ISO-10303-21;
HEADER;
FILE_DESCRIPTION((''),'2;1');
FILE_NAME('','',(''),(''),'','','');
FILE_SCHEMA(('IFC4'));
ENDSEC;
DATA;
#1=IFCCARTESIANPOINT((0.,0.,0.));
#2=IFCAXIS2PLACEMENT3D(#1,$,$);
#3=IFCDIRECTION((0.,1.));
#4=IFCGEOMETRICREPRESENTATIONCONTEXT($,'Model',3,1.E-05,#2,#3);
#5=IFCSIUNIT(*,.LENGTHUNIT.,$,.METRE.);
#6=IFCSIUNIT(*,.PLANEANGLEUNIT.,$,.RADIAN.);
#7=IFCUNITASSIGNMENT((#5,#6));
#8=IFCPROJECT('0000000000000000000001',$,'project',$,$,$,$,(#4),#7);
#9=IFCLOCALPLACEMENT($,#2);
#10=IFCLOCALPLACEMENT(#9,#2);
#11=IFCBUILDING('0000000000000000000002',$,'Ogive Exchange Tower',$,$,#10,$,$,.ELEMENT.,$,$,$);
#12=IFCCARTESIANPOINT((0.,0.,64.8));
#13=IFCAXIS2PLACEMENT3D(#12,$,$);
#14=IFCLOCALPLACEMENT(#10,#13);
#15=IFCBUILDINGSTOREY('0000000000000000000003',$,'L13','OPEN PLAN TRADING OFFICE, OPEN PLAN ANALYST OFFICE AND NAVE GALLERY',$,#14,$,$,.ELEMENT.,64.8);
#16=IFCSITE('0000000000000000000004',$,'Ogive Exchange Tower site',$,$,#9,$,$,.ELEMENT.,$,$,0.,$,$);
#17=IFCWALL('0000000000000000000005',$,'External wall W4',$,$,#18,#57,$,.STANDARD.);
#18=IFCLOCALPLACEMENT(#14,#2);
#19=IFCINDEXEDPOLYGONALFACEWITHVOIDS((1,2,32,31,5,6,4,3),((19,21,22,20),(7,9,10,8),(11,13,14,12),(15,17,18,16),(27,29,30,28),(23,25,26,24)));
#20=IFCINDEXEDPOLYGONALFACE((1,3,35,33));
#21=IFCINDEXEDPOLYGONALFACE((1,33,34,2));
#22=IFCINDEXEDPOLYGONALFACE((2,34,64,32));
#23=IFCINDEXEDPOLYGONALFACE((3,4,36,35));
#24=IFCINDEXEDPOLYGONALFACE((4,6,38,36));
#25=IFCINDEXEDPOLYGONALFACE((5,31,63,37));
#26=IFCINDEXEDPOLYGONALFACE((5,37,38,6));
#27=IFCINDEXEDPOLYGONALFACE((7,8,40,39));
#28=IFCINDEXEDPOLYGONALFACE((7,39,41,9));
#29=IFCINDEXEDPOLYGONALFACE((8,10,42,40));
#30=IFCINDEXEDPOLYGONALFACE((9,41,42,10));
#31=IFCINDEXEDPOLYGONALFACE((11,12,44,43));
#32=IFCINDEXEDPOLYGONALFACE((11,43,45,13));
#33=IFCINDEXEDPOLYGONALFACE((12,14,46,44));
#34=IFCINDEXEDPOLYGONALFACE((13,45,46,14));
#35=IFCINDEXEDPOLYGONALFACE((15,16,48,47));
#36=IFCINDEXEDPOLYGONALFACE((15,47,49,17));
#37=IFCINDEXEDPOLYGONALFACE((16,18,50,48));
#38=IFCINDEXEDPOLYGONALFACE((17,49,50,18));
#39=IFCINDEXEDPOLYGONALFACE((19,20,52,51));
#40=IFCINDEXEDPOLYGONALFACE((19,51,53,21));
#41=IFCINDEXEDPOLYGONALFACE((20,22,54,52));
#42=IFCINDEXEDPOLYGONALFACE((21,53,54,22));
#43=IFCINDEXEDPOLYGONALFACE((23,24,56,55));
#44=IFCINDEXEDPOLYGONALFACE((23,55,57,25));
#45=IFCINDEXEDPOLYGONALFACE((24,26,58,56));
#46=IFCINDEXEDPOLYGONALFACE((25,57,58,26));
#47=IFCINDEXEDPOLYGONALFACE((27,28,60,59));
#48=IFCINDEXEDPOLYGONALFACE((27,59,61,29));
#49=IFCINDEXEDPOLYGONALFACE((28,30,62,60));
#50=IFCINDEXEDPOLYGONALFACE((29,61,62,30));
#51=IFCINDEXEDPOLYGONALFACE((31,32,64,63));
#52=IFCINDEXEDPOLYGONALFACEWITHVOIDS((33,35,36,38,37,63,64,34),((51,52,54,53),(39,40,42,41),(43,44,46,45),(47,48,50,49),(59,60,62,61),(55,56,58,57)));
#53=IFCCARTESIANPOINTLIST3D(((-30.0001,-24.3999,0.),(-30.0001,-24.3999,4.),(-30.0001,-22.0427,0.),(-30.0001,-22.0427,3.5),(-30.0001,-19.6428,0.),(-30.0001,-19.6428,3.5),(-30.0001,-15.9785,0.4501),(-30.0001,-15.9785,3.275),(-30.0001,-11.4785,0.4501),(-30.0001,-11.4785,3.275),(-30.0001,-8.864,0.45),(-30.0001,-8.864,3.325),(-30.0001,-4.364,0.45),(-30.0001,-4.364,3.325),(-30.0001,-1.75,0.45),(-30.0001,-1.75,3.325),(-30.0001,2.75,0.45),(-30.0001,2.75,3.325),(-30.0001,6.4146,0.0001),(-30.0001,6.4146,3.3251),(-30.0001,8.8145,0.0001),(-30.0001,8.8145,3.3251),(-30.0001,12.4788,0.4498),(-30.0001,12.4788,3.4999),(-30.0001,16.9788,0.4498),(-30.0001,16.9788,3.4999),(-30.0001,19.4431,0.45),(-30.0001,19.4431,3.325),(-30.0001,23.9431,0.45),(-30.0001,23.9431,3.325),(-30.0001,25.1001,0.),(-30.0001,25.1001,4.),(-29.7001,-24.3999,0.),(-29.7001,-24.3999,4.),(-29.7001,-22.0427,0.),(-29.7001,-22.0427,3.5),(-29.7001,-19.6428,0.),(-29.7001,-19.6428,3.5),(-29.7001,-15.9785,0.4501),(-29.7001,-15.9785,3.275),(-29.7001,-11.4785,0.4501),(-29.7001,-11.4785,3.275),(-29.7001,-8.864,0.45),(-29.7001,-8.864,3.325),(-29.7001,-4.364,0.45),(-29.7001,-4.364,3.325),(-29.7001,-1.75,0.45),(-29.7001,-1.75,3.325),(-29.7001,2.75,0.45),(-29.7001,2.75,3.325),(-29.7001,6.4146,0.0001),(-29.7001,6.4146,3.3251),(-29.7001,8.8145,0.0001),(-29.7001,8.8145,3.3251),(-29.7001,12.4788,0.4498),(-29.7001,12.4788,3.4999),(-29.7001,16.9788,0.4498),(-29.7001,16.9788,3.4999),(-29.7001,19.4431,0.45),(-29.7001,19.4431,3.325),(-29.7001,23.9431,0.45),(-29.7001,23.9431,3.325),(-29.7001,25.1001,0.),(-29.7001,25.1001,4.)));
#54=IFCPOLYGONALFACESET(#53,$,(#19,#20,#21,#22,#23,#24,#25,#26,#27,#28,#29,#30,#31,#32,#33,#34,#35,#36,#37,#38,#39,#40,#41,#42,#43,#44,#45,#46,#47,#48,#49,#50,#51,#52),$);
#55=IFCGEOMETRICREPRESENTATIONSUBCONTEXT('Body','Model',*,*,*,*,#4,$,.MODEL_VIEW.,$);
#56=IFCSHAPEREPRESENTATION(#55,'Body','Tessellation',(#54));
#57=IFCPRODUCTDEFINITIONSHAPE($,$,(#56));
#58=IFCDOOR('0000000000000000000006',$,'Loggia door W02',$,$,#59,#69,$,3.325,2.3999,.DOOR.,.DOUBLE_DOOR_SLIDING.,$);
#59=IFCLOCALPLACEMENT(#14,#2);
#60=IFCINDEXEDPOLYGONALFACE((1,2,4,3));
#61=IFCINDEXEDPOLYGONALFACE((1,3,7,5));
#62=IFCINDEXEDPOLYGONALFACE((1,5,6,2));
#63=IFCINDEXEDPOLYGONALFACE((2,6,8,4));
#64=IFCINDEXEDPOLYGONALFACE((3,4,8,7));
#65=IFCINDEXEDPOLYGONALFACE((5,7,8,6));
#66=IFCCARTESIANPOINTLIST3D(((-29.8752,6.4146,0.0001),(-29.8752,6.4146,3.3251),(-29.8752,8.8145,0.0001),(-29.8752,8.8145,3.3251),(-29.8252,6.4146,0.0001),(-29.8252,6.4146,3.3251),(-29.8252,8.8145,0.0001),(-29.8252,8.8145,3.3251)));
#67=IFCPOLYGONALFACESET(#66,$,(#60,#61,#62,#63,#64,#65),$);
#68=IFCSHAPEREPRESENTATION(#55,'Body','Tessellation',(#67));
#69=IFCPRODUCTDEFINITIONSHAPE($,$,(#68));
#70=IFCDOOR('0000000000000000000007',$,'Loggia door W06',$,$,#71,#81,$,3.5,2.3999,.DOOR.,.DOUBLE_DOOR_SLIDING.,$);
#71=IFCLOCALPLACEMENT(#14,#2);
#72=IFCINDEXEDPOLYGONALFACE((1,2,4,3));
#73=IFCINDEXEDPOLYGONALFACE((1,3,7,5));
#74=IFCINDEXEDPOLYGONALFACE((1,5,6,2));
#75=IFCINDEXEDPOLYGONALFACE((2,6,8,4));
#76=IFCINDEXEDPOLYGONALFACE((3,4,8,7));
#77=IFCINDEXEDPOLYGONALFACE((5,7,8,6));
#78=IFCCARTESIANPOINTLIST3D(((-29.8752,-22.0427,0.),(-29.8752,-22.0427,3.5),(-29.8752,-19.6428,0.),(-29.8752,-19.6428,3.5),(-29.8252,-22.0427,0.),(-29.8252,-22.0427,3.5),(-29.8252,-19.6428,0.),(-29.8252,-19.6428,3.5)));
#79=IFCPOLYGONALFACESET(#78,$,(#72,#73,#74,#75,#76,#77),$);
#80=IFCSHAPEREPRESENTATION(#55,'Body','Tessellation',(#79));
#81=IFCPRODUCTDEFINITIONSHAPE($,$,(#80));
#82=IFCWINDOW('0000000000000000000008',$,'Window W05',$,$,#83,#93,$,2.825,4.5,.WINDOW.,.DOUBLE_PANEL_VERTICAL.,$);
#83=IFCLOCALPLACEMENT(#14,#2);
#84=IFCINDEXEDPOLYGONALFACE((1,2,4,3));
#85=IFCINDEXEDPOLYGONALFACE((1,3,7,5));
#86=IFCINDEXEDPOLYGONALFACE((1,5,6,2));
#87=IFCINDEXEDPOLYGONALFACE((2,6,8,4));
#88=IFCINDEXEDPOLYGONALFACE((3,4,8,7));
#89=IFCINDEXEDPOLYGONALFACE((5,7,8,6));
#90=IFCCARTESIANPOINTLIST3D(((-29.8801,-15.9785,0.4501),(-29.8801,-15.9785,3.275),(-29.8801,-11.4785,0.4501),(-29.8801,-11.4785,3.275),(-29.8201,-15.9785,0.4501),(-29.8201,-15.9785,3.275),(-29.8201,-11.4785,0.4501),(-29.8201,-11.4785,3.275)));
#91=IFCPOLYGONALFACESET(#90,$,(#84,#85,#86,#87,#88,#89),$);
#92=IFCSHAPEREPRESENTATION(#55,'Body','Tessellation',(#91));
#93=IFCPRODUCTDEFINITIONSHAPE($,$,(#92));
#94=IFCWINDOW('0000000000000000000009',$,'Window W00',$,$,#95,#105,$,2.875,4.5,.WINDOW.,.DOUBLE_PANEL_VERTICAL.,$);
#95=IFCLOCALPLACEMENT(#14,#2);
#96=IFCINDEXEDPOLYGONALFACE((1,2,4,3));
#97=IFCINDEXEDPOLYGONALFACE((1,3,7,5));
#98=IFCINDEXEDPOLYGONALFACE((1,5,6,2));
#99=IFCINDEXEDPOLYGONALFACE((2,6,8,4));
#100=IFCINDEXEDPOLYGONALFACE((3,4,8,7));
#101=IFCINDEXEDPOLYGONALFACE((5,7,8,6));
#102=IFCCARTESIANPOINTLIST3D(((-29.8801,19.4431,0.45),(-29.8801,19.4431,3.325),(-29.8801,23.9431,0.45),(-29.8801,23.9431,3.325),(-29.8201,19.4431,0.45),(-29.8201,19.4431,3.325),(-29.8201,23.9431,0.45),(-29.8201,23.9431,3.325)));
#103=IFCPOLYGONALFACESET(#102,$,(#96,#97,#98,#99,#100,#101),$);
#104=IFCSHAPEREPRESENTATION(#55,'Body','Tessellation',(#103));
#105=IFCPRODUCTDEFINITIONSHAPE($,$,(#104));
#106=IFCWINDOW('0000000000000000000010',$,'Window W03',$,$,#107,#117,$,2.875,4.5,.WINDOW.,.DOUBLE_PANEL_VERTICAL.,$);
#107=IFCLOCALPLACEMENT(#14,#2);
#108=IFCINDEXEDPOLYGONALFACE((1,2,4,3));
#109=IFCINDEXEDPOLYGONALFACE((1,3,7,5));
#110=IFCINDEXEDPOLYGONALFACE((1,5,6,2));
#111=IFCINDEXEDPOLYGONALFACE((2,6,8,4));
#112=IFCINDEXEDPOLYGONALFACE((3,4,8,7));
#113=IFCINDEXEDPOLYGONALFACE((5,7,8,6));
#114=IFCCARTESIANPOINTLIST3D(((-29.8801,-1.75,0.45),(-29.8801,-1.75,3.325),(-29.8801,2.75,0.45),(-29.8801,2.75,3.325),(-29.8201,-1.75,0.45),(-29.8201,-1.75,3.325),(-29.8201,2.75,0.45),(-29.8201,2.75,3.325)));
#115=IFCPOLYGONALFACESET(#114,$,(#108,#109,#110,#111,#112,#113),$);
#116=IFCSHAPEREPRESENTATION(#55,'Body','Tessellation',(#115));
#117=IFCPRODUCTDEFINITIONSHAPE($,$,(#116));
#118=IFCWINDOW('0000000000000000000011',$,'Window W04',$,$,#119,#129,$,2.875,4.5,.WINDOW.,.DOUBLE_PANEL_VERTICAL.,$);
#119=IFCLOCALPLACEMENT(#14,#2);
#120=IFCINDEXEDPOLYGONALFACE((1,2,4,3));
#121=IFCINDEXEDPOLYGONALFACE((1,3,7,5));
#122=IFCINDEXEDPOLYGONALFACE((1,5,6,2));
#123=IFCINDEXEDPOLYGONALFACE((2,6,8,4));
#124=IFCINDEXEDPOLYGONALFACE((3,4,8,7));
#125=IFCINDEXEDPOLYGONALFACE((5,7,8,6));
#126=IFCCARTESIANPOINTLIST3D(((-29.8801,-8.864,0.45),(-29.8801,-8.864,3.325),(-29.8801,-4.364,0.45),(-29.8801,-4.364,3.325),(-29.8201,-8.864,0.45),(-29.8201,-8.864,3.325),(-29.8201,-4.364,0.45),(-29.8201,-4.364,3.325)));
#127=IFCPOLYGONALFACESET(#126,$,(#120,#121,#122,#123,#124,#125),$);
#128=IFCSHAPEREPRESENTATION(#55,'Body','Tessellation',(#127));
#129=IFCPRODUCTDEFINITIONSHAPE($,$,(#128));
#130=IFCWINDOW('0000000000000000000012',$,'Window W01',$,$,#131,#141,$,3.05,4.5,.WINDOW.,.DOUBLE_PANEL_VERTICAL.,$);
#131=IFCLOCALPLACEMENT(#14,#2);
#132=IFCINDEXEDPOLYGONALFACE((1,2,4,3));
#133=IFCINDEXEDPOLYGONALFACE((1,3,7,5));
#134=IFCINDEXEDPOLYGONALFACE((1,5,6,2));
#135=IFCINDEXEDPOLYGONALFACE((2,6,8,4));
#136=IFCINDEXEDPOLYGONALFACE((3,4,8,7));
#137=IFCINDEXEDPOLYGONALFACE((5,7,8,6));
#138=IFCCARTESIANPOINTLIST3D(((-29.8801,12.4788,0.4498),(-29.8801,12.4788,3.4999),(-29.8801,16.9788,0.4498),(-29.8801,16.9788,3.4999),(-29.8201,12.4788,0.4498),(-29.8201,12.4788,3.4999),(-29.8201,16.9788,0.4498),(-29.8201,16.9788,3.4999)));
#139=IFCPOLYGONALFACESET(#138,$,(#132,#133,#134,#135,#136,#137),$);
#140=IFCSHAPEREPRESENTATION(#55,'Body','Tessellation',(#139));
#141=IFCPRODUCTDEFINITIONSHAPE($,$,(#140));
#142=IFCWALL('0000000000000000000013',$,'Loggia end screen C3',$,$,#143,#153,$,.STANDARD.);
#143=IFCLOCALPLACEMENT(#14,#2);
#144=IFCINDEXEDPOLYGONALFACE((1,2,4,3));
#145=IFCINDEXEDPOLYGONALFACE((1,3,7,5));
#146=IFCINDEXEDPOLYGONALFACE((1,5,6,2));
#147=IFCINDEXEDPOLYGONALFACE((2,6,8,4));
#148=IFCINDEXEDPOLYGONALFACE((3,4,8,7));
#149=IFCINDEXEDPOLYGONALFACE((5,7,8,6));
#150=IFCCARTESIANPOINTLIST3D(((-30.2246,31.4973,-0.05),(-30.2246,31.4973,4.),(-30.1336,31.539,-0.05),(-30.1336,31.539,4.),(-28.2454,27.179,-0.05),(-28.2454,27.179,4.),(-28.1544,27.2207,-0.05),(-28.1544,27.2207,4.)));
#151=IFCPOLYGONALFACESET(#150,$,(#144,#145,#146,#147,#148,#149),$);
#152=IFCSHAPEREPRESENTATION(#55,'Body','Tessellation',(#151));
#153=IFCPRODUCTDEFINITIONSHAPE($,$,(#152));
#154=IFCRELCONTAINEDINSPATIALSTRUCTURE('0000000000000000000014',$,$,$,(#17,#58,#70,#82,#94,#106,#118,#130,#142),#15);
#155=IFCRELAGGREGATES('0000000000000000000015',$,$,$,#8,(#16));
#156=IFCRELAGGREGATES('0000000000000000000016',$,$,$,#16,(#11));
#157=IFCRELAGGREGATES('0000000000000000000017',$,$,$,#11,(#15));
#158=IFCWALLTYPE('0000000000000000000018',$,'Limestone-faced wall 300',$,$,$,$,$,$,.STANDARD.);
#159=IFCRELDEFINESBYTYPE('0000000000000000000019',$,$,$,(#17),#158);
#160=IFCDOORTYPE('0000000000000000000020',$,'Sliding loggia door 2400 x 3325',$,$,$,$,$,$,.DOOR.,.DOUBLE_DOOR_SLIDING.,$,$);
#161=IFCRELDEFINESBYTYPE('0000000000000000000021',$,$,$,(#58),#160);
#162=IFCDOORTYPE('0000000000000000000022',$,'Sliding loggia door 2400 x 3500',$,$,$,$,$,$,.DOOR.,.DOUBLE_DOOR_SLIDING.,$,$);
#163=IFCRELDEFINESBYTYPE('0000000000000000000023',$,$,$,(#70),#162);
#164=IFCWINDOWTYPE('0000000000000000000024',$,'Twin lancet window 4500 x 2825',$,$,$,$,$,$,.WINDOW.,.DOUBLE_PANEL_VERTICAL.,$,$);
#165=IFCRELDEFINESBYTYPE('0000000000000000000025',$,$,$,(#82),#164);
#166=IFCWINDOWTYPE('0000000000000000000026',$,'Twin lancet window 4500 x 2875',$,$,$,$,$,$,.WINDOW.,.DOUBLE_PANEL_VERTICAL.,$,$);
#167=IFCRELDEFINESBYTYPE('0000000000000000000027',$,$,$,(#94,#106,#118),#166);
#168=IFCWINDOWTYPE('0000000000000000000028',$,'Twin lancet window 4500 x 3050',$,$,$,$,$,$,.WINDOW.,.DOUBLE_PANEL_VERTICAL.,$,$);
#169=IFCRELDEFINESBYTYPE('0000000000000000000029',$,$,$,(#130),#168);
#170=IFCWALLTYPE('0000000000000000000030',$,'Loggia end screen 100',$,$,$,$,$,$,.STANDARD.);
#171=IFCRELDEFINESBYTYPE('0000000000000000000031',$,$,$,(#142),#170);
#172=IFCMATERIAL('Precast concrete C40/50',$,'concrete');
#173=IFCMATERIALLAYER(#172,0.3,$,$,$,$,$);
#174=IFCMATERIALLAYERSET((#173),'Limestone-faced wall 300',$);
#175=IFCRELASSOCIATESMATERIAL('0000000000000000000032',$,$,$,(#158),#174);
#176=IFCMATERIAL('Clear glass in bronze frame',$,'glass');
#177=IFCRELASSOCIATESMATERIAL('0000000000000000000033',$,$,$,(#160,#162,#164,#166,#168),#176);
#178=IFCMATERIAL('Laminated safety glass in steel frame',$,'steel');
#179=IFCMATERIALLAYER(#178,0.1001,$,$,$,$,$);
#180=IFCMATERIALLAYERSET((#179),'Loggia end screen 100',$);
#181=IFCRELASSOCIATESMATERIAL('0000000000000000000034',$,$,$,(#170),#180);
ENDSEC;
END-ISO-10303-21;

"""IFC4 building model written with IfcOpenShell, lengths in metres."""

from ifc_helpers import new_model, si_unit, direction, frame, frame_2d, origin, place, context, subcontext, project, spatial, rectangle, extrude, material, layer, layer_set, type_object, element, fill, save


model = new_model("IFC4")

# Units and contexts
model_context = context("Model", 3, precision=1e-05, world=origin(), true_north=direction((0.0, 1.0)))
body_context = subcontext(model_context, "Body", "Model", "MODEL_VIEW")
ifc_project = project(units=[si_unit("LENGTHUNIT", "METRE"), si_unit("PLANEANGLEUNIT", "RADIAN")], contexts=[model_context])

# Site, building, storey
site_placement = place(None, origin())
site = spatial("IfcSite", under=ifc_project, at=site_placement, Name="Ogive Exchange Tower site", CompositionType="ELEMENT", RefElevation=0.0)
building_placement = place(site_placement, origin())
building = spatial("IfcBuilding", under=site, at=building_placement, Name="Ogive Exchange Tower", CompositionType="ELEMENT")
storey_placement = place(building_placement, frame((0.0, 0.0, 64.8)))
storey = spatial("IfcBuildingStorey", under=building, at=storey_placement, Name="L13", Description="OPEN PLAN TRADING OFFICE, OPEN PLAN ANALYST OFFICE AND NAVE GALLERY", CompositionType="ELEMENT", Elevation=64.8)

# Wall, openings, doors, windows
ifc_material_1 = material(Name="Precast concrete C40/50", Category="concrete")
ifc_layer_1 = layer(ifc_material_1, 0.3)
ifc_layer_set_1 = layer_set([ifc_layer_1], Name="Limestone-faced wall 300")
wall_type_1 = type_object("IfcWallType", Name="Limestone-faced wall 300", PredefinedType="STANDARD", material=ifc_layer_set_1)
wall_1_placement = place(storey_placement, frame((-29.8501, 25.1001, 0.0), z_axis=(0.0, 0.0, 1.0), x_axis=(0.0, -1.0, 0.0)))
wall_1 = element("IfcWall", 1, at=wall_1_placement, inside=storey, type_object=wall_type_1, Name="External wall W4", PredefinedType="STANDARD", context=body_context, shape_type="SweptSolid", body=[
    extrude(rectangle(XDim=49.5, YDim=0.3, at=frame_2d((24.75, 0.0))), origin(), (0.0, 0.0, 1.0), 4.0),
])
opening_1_placement = place(wall_1_placement, frame((1.157, 0.0, 0.45)))
opening_1 = element("IfcOpeningElement", 2, at=opening_1_placement, cuts=wall_1, PredefinedType="OPENING", context=body_context, shape_type="SweptSolid", body=[
    extrude(rectangle(XDim=4.5, YDim=2.875, at=frame_2d((2.25, 1.4375))), frame((0.0, 0.1599, 0.0), z_axis=(0.0, -1.0, 0.0), x_axis=(1.0, 0.0, 0.0)), (0.0, 0.0, 1.0), 0.3201),
])
opening_2_placement = place(wall_1_placement, frame((8.1213, 0.0, 0.45)))
opening_2 = element("IfcOpeningElement", 3, at=opening_2_placement, cuts=wall_1, PredefinedType="OPENING", context=body_context, shape_type="SweptSolid", body=[
    extrude(rectangle(XDim=4.5, YDim=3.05, at=frame_2d((2.25, 1.5249))), frame((0.0, 0.1599, 0.0), z_axis=(0.0, -1.0, 0.0), x_axis=(1.0, 0.0, 0.0)), (0.0, 0.0, 1.0), 0.3201),
])
opening_3_placement = place(wall_1_placement, frame((16.2856, 0.0, 0.0)))
opening_3 = element("IfcOpeningElement", 4, at=opening_3_placement, cuts=wall_1, PredefinedType="OPENING", context=body_context, shape_type="SweptSolid", body=[
    extrude(rectangle(XDim=2.3999, YDim=3.325, at=frame_2d((1.2, 1.6626))), frame((0.0, 0.1599, 0.0), z_axis=(0.0, -1.0, 0.0), x_axis=(1.0, 0.0, 0.0)), (0.0, 0.0, 1.0), 0.3201),
])
opening_4_placement = place(wall_1_placement, frame((22.3501, 0.0, 0.45)))
opening_4 = element("IfcOpeningElement", 5, at=opening_4_placement, cuts=wall_1, PredefinedType="OPENING", context=body_context, shape_type="SweptSolid", body=[
    extrude(rectangle(XDim=4.5, YDim=2.875, at=frame_2d((2.25, 1.4375))), frame((0.0, 0.1599, 0.0), z_axis=(0.0, -1.0, 0.0), x_axis=(1.0, 0.0, 0.0)), (0.0, 0.0, 1.0), 0.3201),
])
opening_5_placement = place(wall_1_placement, frame((29.4641, 0.0, 0.45)))
opening_5 = element("IfcOpeningElement", 6, at=opening_5_placement, cuts=wall_1, PredefinedType="OPENING", context=body_context, shape_type="SweptSolid", body=[
    extrude(rectangle(XDim=4.5, YDim=2.875, at=frame_2d((2.25, 1.4375))), frame((0.0, 0.1599, 0.0), z_axis=(0.0, -1.0, 0.0), x_axis=(1.0, 0.0, 0.0)), (0.0, 0.0, 1.0), 0.3201),
])
opening_6_placement = place(wall_1_placement, frame((36.5786, 0.0, 0.45)))
opening_6 = element("IfcOpeningElement", 7, at=opening_6_placement, cuts=wall_1, PredefinedType="OPENING", context=body_context, shape_type="SweptSolid", body=[
    extrude(rectangle(XDim=4.5, YDim=2.825, at=frame_2d((2.25, 1.4126))), frame((0.0, 0.1599, 0.0), z_axis=(0.0, -1.0, 0.0), x_axis=(1.0, 0.0, 0.0)), (0.0, 0.0, 1.0), 0.3201),
])
opening_7_placement = place(wall_1_placement, frame((44.7429, 0.0, 0.0)))
opening_7 = element("IfcOpeningElement", 8, at=opening_7_placement, cuts=wall_1, PredefinedType="OPENING", context=body_context, shape_type="SweptSolid", body=[
    extrude(rectangle(XDim=2.3999, YDim=3.5, at=frame_2d((1.2, 1.75))), frame((0.0, 0.1599, 0.0), z_axis=(0.0, -1.0, 0.0), x_axis=(1.0, 0.0, 0.0)), (0.0, 0.0, 1.0), 0.3201),
])
ifc_material_2 = material(Name="Clear glass in bronze frame", Category="glass")
door_type_1 = type_object("IfcDoorType", Name="Sliding loggia door 2400 x 3325", OperationType="DOUBLE_DOOR_SLIDING", PredefinedType="DOOR", material=ifc_material_2)
door_1_placement = place(opening_3_placement, origin())
door_1 = element("IfcDoor", 9, at=door_1_placement, inside=storey, type_object=door_type_1, Name="Loggia door W02", OperationType="DOUBLE_DOOR_SLIDING", OverallHeight=3.325, OverallWidth=2.3999, PredefinedType="DOOR", context=body_context, shape_type="SweptSolid", body=[
    extrude(rectangle(XDim=2.3999, YDim=3.325, at=frame_2d((1.2, 1.6626))), frame((0.0, 0.0249, 0.0), z_axis=(0.0, -1.0, 0.0), x_axis=(1.0, 0.0, 0.0)), (0.0, 0.0, 1.0), 0.05),
])
fill(opening_3, door_1)
door_type_2 = type_object("IfcDoorType", Name="Sliding loggia door 2400 x 3500", OperationType="DOUBLE_DOOR_SLIDING", PredefinedType="DOOR", material=ifc_material_2)
door_2_placement = place(opening_7_placement, origin())
door_2 = element("IfcDoor", 10, at=door_2_placement, inside=storey, type_object=door_type_2, Name="Loggia door W06", OperationType="DOUBLE_DOOR_SLIDING", OverallHeight=3.5, OverallWidth=2.3999, PredefinedType="DOOR", context=body_context, shape_type="SweptSolid", body=[
    extrude(rectangle(XDim=2.3999, YDim=3.5, at=frame_2d((1.2, 1.75))), frame((0.0, 0.0249, 0.0), z_axis=(0.0, -1.0, 0.0), x_axis=(1.0, 0.0, 0.0)), (0.0, 0.0, 1.0), 0.05),
])
fill(opening_7, door_2)
window_type_1 = type_object("IfcWindowType", Name="Twin lancet window 4500 x 2825", PartitioningType="DOUBLE_PANEL_VERTICAL", PredefinedType="WINDOW", material=ifc_material_2)
window_1_placement = place(opening_6_placement, origin())
window_1 = element("IfcWindow", 11, at=window_1_placement, inside=storey, type_object=window_type_1, Name="Window W05", OverallHeight=2.825, OverallWidth=4.5, PartitioningType="DOUBLE_PANEL_VERTICAL", PredefinedType="WINDOW", context=body_context, shape_type="SweptSolid", body=[
    extrude(rectangle(XDim=4.5, YDim=2.825, at=frame_2d((2.25, 1.4126))), frame((0.0, 0.03, 0.0), z_axis=(0.0, -1.0, 0.0), x_axis=(1.0, 0.0, 0.0)), (0.0, 0.0, 1.0), 0.0601),
])
fill(opening_6, window_1)
window_type_2 = type_object("IfcWindowType", Name="Twin lancet window 4500 x 2875", PartitioningType="DOUBLE_PANEL_VERTICAL", PredefinedType="WINDOW", material=ifc_material_2)
window_2_placement = place(opening_1_placement, origin())
window_2 = element("IfcWindow", 12, at=window_2_placement, inside=storey, type_object=window_type_2, Name="Window W00", OverallHeight=2.875, OverallWidth=4.5, PartitioningType="DOUBLE_PANEL_VERTICAL", PredefinedType="WINDOW", context=body_context, shape_type="SweptSolid", body=[
    extrude(rectangle(XDim=4.5, YDim=2.875, at=frame_2d((2.25, 1.4375))), frame((0.0, 0.03, 0.0), z_axis=(0.0, -1.0, 0.0), x_axis=(1.0, 0.0, 0.0)), (0.0, 0.0, 1.0), 0.0601),
])
fill(opening_1, window_2)
window_3_placement = place(opening_4_placement, origin())
window_3 = element("IfcWindow", 13, at=window_3_placement, inside=storey, type_object=window_type_2, Name="Window W03", OverallHeight=2.875, OverallWidth=4.5, PartitioningType="DOUBLE_PANEL_VERTICAL", PredefinedType="WINDOW", context=body_context, shape_type="SweptSolid", body=[
    extrude(rectangle(XDim=4.5, YDim=2.875, at=frame_2d((2.25, 1.4375))), frame((0.0, 0.03, 0.0), z_axis=(0.0, -1.0, 0.0), x_axis=(1.0, 0.0, 0.0)), (0.0, 0.0, 1.0), 0.0601),
])
fill(opening_4, window_3)
window_4_placement = place(opening_5_placement, origin())
window_4 = element("IfcWindow", 14, at=window_4_placement, inside=storey, type_object=window_type_2, Name="Window W04", OverallHeight=2.875, OverallWidth=4.5, PartitioningType="DOUBLE_PANEL_VERTICAL", PredefinedType="WINDOW", context=body_context, shape_type="SweptSolid", body=[
    extrude(rectangle(XDim=4.5, YDim=2.875, at=frame_2d((2.25, 1.4375))), frame((0.0, 0.03, 0.0), z_axis=(0.0, -1.0, 0.0), x_axis=(1.0, 0.0, 0.0)), (0.0, 0.0, 1.0), 0.0601),
])
fill(opening_5, window_4)
window_type_3 = type_object("IfcWindowType", Name="Twin lancet window 4500 x 3050", PartitioningType="DOUBLE_PANEL_VERTICAL", PredefinedType="WINDOW", material=ifc_material_2)
window_5_placement = place(opening_2_placement, origin())
window_5 = element("IfcWindow", 15, at=window_5_placement, inside=storey, type_object=window_type_3, Name="Window W01", OverallHeight=3.05, OverallWidth=4.5, PartitioningType="DOUBLE_PANEL_VERTICAL", PredefinedType="WINDOW", context=body_context, shape_type="SweptSolid", body=[
    extrude(rectangle(XDim=4.5, YDim=3.05, at=frame_2d((2.25, 1.5249))), frame((0.0, 0.03, 0.0), z_axis=(0.0, -1.0, 0.0), x_axis=(1.0, 0.0, 0.0)), (0.0, 0.0, 1.0), 0.0601),
])
fill(opening_2, window_5)

# Wall
ifc_material_3 = material(Name="Laminated safety glass in steel frame", Category="steel")
ifc_layer_2 = layer(ifc_material_3, 0.1001)
ifc_layer_set_2 = layer_set([ifc_layer_2], Name="Loggia end screen 100")
wall_type_2 = type_object("IfcWallType", Name="Loggia end screen 100", PredefinedType="STANDARD", material=ifc_layer_set_2)
wall_2_placement = place(storey_placement, frame((-28.2, 27.2, -0.05), z_axis=(0.0, 0.0, 1.0), x_axis=(-0.416655, 0.909065, 0.0)))
element("IfcWall", 16, at=wall_2_placement, inside=storey, type_object=wall_type_2, Name="Loggia end screen C3", PredefinedType="STANDARD", context=body_context, shape_type="SweptSolid", body=[
    extrude(rectangle(XDim=4.7502, YDim=0.1001, at=frame_2d((2.375, 0.0))), origin(), (0.0, 0.0, 1.0), 4.05),
])

save(model, "model.ifc")
